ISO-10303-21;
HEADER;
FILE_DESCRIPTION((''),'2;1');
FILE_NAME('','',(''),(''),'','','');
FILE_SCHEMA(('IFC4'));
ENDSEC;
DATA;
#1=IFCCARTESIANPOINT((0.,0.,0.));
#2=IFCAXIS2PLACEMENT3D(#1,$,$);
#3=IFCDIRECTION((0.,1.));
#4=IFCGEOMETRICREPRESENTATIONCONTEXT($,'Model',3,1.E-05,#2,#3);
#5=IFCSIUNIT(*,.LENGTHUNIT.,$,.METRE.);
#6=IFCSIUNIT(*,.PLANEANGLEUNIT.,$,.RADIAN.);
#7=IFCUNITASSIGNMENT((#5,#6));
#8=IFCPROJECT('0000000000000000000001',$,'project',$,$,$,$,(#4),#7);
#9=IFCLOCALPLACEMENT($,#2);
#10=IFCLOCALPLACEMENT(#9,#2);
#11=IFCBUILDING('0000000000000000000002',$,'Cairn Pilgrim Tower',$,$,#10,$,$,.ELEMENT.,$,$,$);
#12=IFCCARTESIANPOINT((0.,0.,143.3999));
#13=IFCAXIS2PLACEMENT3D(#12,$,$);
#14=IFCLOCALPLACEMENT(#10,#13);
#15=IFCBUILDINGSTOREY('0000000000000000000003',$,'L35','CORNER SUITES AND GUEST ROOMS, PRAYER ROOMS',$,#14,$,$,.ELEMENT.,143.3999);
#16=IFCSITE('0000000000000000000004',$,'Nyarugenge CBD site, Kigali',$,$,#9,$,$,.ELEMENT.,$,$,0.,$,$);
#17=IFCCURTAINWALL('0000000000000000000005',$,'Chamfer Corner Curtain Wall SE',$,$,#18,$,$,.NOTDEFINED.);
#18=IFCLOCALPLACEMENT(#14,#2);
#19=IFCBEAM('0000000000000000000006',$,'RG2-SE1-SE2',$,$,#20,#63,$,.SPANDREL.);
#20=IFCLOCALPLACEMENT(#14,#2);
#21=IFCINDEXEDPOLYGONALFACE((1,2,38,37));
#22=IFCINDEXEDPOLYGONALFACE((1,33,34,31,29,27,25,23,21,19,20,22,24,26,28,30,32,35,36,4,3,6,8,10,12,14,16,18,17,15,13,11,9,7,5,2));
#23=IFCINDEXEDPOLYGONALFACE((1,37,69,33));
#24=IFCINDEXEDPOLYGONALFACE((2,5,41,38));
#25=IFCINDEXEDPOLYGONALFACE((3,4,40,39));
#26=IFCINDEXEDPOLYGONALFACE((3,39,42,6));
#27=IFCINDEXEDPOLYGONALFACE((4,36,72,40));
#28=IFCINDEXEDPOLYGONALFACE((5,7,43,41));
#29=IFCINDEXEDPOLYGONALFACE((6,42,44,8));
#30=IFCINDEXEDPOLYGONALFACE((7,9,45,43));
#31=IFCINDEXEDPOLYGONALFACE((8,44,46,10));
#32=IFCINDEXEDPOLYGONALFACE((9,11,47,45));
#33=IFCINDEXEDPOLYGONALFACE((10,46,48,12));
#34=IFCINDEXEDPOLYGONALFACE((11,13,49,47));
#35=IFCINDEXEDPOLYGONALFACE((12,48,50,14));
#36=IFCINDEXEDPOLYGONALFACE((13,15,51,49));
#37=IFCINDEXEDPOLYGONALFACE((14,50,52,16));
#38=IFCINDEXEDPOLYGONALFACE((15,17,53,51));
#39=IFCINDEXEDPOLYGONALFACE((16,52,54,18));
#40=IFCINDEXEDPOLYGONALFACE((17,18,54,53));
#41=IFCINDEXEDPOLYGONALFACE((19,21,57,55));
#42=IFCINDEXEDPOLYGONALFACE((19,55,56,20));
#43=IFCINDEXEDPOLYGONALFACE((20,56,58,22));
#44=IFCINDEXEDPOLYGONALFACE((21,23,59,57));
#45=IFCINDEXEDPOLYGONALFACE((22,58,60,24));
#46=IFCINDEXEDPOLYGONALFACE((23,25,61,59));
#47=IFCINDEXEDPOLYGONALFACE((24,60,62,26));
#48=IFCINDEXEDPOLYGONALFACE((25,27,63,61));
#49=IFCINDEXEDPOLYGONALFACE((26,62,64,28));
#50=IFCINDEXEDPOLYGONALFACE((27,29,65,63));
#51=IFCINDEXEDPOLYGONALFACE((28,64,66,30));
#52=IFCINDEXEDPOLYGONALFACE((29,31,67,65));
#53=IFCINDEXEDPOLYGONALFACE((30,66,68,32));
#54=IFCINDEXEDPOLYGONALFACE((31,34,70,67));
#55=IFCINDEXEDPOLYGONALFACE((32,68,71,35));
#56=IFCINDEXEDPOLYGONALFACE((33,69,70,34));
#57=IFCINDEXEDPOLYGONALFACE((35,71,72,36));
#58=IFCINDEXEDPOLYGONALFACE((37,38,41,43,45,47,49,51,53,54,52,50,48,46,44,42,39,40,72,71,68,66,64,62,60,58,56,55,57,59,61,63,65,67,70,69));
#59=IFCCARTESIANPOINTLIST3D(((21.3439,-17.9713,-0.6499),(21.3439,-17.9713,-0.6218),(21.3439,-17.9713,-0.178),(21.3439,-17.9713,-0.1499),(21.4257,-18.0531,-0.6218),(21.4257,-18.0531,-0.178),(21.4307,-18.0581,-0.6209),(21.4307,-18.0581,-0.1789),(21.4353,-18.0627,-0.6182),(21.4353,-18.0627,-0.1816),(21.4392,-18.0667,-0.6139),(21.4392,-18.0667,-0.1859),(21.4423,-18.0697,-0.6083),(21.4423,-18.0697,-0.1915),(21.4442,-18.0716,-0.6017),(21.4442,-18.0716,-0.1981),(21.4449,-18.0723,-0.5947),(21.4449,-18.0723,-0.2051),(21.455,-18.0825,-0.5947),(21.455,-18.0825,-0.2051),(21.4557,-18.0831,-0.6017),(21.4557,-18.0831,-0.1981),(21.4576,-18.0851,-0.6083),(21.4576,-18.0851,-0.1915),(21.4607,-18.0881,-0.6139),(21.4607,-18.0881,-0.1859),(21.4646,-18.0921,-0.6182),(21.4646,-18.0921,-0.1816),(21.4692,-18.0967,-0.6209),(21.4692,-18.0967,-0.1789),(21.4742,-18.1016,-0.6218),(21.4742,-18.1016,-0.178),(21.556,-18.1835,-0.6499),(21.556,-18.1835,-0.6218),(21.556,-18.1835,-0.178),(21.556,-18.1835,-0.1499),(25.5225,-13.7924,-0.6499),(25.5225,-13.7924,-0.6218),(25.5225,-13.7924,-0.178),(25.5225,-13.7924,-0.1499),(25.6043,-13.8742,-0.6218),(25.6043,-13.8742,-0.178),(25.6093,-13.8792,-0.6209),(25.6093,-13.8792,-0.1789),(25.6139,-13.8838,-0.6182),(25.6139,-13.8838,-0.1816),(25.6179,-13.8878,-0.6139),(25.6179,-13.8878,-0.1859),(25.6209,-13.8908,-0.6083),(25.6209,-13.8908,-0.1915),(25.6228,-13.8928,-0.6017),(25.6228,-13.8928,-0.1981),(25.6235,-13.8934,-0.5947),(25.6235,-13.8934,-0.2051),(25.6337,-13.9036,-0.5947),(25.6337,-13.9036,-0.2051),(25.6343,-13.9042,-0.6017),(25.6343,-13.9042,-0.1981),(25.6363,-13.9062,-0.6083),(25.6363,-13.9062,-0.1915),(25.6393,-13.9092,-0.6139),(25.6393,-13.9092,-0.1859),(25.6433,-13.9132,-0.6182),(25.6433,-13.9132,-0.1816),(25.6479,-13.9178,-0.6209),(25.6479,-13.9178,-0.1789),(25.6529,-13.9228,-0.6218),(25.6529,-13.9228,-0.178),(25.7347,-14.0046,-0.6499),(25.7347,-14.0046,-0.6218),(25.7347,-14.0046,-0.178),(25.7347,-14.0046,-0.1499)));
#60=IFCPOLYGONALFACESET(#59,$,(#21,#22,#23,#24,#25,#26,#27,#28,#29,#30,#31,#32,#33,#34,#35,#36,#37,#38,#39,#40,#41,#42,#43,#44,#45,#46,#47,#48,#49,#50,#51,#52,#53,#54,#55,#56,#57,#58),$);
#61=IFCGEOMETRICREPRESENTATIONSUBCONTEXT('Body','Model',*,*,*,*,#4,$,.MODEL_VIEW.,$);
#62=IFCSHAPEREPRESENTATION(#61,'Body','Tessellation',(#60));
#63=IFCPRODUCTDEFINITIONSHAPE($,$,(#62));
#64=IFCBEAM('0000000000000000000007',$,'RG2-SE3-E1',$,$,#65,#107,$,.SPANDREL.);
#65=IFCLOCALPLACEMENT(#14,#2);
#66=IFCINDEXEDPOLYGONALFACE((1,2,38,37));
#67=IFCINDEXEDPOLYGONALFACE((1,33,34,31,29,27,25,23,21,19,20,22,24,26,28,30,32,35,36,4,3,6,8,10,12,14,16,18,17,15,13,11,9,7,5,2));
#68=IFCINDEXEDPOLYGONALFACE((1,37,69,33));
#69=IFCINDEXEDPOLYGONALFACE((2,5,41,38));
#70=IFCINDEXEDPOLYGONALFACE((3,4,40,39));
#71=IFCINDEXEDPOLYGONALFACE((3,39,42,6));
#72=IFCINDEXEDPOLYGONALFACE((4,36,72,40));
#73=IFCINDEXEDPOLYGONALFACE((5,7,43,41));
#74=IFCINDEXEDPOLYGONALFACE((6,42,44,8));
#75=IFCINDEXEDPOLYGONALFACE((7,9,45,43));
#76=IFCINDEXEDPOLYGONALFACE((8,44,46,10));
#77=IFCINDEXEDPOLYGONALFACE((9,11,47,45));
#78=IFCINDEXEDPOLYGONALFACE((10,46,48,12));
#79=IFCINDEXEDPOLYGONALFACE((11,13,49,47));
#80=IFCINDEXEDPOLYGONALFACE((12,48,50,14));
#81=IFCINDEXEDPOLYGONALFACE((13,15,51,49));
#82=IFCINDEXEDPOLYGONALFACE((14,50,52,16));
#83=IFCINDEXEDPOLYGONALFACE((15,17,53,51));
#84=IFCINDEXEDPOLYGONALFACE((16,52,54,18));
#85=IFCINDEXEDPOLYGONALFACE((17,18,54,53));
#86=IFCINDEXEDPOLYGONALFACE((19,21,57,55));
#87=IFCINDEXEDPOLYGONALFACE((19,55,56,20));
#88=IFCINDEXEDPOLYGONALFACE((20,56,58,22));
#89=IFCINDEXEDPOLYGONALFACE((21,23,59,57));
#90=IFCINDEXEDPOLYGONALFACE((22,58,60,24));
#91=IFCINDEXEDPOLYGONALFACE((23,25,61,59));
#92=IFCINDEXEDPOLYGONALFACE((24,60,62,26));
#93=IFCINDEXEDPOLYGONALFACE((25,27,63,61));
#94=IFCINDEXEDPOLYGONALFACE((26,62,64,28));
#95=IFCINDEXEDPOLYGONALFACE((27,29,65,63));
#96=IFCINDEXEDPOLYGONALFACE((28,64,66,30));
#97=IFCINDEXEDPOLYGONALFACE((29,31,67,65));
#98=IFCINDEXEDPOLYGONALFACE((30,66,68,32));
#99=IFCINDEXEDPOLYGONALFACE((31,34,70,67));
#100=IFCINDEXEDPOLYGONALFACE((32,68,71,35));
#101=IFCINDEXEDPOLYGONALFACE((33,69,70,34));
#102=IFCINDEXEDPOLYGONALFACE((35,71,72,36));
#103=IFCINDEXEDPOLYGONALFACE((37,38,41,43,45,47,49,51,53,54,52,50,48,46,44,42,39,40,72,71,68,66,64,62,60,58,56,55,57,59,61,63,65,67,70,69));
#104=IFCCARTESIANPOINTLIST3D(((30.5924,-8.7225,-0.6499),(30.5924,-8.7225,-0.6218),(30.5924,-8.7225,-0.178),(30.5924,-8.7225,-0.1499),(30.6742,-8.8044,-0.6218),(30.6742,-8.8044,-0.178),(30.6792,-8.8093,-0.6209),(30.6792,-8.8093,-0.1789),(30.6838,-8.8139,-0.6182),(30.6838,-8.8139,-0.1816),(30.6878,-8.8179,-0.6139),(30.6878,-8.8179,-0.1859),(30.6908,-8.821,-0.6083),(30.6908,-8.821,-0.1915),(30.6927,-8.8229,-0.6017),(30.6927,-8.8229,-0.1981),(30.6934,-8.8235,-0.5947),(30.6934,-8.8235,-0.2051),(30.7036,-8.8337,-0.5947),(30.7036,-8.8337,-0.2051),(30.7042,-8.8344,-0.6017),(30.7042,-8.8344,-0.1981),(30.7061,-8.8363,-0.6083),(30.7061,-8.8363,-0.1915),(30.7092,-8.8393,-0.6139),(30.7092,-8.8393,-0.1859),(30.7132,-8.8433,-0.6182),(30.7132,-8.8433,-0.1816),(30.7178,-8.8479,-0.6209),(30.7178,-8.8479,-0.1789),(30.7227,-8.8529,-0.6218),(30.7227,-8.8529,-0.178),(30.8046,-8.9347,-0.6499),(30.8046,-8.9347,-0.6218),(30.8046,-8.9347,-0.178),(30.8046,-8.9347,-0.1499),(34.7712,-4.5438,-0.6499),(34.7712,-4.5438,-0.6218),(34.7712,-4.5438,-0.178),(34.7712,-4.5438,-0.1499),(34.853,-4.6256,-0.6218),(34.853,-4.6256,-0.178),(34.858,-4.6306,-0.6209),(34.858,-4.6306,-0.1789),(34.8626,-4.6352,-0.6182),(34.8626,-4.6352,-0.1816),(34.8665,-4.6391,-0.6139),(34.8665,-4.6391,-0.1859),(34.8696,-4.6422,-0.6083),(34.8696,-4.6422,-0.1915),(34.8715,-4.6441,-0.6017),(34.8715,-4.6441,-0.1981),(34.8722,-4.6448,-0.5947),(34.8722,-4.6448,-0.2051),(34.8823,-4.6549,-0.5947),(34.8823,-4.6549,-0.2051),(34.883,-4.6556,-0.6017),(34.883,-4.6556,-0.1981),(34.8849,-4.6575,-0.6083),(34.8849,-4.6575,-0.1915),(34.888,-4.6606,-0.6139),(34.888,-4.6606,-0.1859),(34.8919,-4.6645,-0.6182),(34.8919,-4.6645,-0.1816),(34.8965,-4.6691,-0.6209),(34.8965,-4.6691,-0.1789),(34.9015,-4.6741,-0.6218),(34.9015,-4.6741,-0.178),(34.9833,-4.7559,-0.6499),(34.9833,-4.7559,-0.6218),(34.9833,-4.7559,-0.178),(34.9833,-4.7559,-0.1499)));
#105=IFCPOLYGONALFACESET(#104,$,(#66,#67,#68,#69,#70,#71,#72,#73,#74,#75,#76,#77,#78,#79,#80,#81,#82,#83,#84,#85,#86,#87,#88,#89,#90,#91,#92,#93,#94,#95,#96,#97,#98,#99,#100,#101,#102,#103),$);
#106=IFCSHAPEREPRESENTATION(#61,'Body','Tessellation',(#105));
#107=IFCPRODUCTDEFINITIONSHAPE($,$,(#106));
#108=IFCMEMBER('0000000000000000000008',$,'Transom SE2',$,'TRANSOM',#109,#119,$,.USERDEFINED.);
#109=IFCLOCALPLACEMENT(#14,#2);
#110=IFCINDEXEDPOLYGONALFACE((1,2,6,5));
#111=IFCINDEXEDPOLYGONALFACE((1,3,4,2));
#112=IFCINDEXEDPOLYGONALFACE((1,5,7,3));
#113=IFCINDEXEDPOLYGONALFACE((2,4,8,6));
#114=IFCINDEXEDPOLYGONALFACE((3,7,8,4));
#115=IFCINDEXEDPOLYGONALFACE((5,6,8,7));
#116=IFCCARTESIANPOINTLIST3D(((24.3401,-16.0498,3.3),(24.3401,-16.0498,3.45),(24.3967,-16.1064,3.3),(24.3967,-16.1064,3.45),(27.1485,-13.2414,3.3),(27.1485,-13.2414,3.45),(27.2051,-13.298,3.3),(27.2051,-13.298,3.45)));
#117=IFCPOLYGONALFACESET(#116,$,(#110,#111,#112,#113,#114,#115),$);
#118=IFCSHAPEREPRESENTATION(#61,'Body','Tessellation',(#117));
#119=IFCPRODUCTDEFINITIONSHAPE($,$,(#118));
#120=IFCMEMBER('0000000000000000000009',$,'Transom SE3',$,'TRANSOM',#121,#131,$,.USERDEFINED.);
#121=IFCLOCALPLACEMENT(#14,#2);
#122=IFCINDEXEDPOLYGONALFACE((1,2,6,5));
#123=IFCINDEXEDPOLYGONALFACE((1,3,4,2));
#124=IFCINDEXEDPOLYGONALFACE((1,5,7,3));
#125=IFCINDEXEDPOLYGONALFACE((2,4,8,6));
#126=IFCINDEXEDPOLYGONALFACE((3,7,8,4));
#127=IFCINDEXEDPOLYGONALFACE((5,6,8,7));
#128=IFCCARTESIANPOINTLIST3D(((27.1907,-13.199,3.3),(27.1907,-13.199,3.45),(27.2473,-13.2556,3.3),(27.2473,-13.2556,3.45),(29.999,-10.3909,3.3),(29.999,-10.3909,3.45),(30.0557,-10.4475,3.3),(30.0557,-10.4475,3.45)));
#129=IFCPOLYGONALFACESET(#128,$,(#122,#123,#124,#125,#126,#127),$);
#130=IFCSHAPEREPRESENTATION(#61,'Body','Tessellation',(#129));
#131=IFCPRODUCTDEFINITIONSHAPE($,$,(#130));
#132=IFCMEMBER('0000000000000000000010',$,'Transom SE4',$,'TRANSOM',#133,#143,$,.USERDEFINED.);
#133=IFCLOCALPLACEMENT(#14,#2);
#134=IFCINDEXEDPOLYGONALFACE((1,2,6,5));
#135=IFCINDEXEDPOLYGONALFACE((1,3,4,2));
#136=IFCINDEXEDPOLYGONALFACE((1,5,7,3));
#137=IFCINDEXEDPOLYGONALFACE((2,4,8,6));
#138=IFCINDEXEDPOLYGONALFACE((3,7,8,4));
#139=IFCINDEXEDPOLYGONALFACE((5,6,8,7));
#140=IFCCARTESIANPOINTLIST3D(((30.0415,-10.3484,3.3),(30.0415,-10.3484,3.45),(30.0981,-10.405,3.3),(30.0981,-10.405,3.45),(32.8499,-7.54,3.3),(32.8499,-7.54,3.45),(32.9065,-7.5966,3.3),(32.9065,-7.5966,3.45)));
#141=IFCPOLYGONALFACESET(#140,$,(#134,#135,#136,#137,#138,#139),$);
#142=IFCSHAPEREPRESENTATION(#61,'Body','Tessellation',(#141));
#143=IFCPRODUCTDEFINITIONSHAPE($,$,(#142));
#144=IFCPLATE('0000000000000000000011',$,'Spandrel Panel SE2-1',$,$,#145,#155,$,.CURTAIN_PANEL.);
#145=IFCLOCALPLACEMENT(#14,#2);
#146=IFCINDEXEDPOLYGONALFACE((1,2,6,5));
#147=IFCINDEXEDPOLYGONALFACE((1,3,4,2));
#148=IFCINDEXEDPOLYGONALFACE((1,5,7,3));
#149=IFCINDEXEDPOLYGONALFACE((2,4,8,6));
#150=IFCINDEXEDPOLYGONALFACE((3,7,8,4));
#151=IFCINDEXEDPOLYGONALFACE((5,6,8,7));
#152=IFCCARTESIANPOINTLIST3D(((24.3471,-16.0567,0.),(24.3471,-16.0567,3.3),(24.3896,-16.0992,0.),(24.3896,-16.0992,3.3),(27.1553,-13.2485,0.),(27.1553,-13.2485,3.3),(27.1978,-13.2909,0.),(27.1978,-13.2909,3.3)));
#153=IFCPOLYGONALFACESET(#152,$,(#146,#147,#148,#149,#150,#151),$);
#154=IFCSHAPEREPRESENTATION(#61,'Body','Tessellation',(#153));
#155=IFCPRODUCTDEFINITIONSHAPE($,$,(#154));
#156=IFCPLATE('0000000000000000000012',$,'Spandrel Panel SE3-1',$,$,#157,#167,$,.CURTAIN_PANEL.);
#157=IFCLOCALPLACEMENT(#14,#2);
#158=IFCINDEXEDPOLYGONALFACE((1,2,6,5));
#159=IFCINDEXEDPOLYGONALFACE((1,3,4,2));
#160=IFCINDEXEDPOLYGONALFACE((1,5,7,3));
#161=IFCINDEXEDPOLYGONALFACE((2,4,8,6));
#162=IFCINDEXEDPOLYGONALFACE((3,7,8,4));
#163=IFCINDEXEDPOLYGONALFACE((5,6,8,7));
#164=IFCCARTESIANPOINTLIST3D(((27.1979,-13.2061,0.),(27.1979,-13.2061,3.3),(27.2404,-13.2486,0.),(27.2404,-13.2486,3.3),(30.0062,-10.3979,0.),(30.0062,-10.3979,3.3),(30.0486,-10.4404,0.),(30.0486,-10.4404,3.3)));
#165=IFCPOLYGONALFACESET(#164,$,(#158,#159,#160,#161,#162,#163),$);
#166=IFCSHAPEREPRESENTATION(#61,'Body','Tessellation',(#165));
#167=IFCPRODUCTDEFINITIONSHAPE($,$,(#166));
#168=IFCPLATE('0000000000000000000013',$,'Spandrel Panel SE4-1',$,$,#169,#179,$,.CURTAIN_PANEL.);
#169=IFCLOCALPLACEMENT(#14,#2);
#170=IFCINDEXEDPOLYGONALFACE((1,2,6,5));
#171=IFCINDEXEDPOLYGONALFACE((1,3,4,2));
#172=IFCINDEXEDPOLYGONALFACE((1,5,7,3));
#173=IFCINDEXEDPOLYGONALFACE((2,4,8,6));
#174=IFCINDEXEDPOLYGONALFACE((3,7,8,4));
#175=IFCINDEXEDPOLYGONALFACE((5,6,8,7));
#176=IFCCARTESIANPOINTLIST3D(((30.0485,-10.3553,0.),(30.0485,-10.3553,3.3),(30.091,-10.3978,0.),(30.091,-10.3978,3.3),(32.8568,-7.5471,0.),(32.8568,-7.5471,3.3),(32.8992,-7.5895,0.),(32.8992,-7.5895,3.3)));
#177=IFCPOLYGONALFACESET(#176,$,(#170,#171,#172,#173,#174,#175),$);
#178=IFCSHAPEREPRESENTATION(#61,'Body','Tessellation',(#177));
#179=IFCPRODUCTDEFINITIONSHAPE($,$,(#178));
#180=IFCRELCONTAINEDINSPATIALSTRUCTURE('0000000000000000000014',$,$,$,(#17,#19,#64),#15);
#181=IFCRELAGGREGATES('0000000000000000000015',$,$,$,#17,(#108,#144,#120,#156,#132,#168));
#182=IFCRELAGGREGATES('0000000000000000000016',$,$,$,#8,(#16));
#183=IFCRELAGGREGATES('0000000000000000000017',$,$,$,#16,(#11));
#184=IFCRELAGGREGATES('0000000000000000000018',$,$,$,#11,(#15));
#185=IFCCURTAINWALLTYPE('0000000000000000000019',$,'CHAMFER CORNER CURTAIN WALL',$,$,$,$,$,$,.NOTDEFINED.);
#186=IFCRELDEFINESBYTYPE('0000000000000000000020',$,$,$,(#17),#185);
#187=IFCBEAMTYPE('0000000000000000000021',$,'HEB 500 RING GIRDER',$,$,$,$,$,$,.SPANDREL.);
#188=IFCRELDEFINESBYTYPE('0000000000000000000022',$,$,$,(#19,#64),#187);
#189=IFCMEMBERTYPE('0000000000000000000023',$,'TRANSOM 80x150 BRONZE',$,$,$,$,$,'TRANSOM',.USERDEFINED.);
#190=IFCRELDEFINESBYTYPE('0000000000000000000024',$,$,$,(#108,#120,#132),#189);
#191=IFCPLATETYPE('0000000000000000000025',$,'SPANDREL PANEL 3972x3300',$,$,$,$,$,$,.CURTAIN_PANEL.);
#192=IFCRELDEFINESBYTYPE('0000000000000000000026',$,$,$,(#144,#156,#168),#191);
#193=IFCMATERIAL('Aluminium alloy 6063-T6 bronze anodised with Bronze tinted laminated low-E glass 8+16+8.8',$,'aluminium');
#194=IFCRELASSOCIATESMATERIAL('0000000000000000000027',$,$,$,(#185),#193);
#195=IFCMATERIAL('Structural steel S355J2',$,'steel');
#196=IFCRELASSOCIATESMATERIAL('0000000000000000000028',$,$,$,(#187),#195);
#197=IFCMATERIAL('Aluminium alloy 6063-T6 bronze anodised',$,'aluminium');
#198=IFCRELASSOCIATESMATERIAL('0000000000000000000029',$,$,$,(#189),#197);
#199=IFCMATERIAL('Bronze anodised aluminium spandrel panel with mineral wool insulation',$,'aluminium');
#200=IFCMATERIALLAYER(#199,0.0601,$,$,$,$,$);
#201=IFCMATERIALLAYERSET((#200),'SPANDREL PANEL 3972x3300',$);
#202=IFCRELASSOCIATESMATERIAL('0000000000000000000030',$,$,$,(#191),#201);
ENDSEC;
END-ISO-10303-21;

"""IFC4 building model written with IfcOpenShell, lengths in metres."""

from ifc_helpers import new_model, si_unit, direction, frame, origin, origin_2d, place, context, subcontext, project, spatial, rectangle, i_section, extrude, material, layer, layer_set, material_profile, profile_set, type_object, element, aggregate, save


model = new_model("IFC4")

# Units and contexts
model_context = context("Model", 3, precision=1e-05, world=origin(), true_north=direction((0.0, 1.0)))
body_context = subcontext(model_context, "Body", "Model", "MODEL_VIEW")
ifc_project = project(units=[si_unit("LENGTHUNIT", "METRE"), si_unit("PLANEANGLEUNIT", "RADIAN")], contexts=[model_context])

# Site, building, storey
site_placement = place(None, origin())
site = spatial("IfcSite", under=ifc_project, at=site_placement, Name="Nyarugenge CBD site, Kigali", CompositionType="ELEMENT", RefElevation=0.0)
building_placement = place(site_placement, origin())
building = spatial("IfcBuilding", under=site, at=building_placement, Name="Cairn Pilgrim Tower", CompositionType="ELEMENT")
storey_placement = place(building_placement, frame((0.0, 0.0, 143.3999)))
storey = spatial("IfcBuildingStorey", under=building, at=storey_placement, Name="L35", Description="CORNER SUITES AND GUEST ROOMS, PRAYER ROOMS", CompositionType="ELEMENT", Elevation=143.3999)

# Shared definitions
ifc_material_1 = material(Name="Structural steel S355J2", Category="steel")

# Curtain wall
ifc_material_2 = material(Name="Aluminium alloy 6063-T6 bronze anodised with Bronze tinted laminated low-E glass 8+16+8.8", Category="aluminium")
curtain_wall_type = type_object("IfcCurtainWallType", Name="CHAMFER CORNER CURTAIN WALL", PredefinedType="NOTDEFINED", material=ifc_material_2)
curtain_wall_placement = place(storey_placement, origin())
curtain_wall = element("IfcCurtainWall", 1, at=curtain_wall_placement, inside=storey, type_object=curtain_wall_type, Name="Chamfer Corner Curtain Wall SE", PredefinedType="NOTDEFINED")
ifc_material_3 = material(Name="Aluminium alloy 6063-T6 bronze anodised", Category="aluminium")

# Beams
ifc_material_profile_1 = material_profile(ifc_material_1, i_section(OverallWidth=0.3, OverallDepth=0.5, WebThickness=0.0144, FlangeThickness=0.0281, FilletRadius=0.0271, at=origin_2d()), Name="HEB 500")
ifc_profile_set_1 = profile_set([ifc_material_profile_1], Name="Structural steel S355J2")
beam_type_1 = type_object("IfcBeamType", Name="HEB 500 RING GIRDER", PredefinedType="SPANDREL", material=ifc_profile_set_1)
for number, where, z_axis, x_axis, name in (
    (2, (21.45, -18.0774, -0.3999), (0.707086, 0.707127, 0.0), (-0.707127, 0.707086, 0.0), "RG2-SE1-SE2"),
    (3, (30.6985, -8.8286, -0.3999), (0.707107, 0.707107, 0.0), (-0.707107, 0.707107, 0.0), "RG2-SE3-E1"),
):
    element("IfcBeam", number, at=place(storey_placement, frame(where, z_axis=z_axis, x_axis=x_axis)), inside=storey, type_object=beam_type_1, Name=name, PredefinedType="SPANDREL", context=body_context, shape_type="SweptSolid", body=[
        extrude(i_section(OverallWidth=0.3, OverallDepth=0.5, WebThickness=0.0144, FlangeThickness=0.0281, FilletRadius=0.0271, at=origin_2d()), origin(), (0.0, 0.0, 1.0), 5.9097),
    ])

# Members
ifc_material_profile_2 = material_profile(ifc_material_3, rectangle(XDim=0.0801, YDim=0.1499, at=origin_2d()), Name="TRANSOM 80x150 BRONZE")
ifc_profile_set_2 = profile_set([ifc_material_profile_2], Name="Aluminium alloy 6063-T6 bronze anodised")
member_type_1 = type_object("IfcMemberType", Name="TRANSOM 80x150 BRONZE", ElementType="TRANSOM", PredefinedType="USERDEFINED", material=ifc_profile_set_2)
member_1_placement = place(storey_placement, frame((24.3684, -16.0781, 3.375), z_axis=(0.707107, 0.707107, 0.0), x_axis=(-0.707107, 0.707107, 0.0)))
member_1 = element("IfcMember", 4, at=member_1_placement, type_object=member_type_1, Name="Transom SE2", ObjectType="TRANSOM", PredefinedType="USERDEFINED", context=body_context, shape_type="SweptSolid", body=[
    extrude(rectangle(XDim=0.0801, YDim=0.1499, at=origin_2d()), origin(), (0.0, 0.0, 1.0), 3.9717),
])
member_2_placement = place(storey_placement, frame((27.219, -13.2273, 3.375), z_axis=(0.707138, 0.707076, 0.0), x_axis=(-0.707076, 0.707138, 0.0)))
member_2 = element("IfcMember", 5, at=member_2_placement, type_object=member_type_1, Name="Transom SE3", ObjectType="TRANSOM", PredefinedType="USERDEFINED", context=body_context, shape_type="SweptSolid", body=[
    extrude(rectangle(XDim=0.0801, YDim=0.1499, at=origin_2d()), origin(), (0.0, 0.0, 1.0), 3.9714),
])
member_3_placement = place(storey_placement, frame((30.0698, -10.3767, 3.375), z_axis=(0.707107, 0.707107, 0.0), x_axis=(-0.707107, 0.707107, 0.0)))
member_3 = element("IfcMember", 6, at=member_3_placement, type_object=member_type_1, Name="Transom SE4", ObjectType="TRANSOM", PredefinedType="USERDEFINED", context=body_context, shape_type="SweptSolid", body=[
    extrude(rectangle(XDim=0.0801, YDim=0.1499, at=origin_2d()), origin(), (0.0, 0.0, 1.0), 3.9717),
])

# Plates
ifc_material_4 = material(Name="Bronze anodised aluminium spandrel panel with mineral wool insulation", Category="aluminium")
ifc_layer_1 = layer(ifc_material_4, 0.0601)
ifc_layer_set_1 = layer_set([ifc_layer_1], Name="SPANDREL PANEL 3972x3300")
plate_type = type_object("IfcPlateType", Name="SPANDREL PANEL 3972x3300", PredefinedType="CURTAIN_PANEL", material=ifc_layer_set_1)
plate_1_placement = place(storey_placement, frame((25.7725, -14.6738, 0.0), z_axis=(0.0, 0.0, 1.0), x_axis=(0.707107, 0.707107, 0.0)))
plate_1 = element("IfcPlate", 7, at=plate_1_placement, type_object=plate_type, Name="Spandrel Panel SE2-1", PredefinedType="CURTAIN_PANEL", context=body_context, shape_type="SweptSolid", body=[
    extrude(rectangle(XDim=3.9714, YDim=0.0601, at=origin_2d()), origin(), (0.0, 0.0, 1.0), 3.3),
])
plate_2_placement = place(storey_placement, frame((28.6233, -11.8232, 0.0), z_axis=(0.0, 0.0, 1.0), x_axis=(0.707107, 0.707107, 0.0)))
plate_2 = element("IfcPlate", 8, at=plate_2_placement, type_object=plate_type, Name="Spandrel Panel SE3-1", PredefinedType="CURTAIN_PANEL", context=body_context, shape_type="SweptSolid", body=[
    extrude(rectangle(XDim=3.9714, YDim=0.0601, at=origin_2d()), origin(), (0.0, 0.0, 1.0), 3.3),
])
plate_3_placement = place(storey_placement, frame((31.4739, -8.9724, 0.0), z_axis=(0.0, 0.0, 1.0), x_axis=(0.707107, 0.707107, 0.0)))
plate_3 = element("IfcPlate", 9, at=plate_3_placement, type_object=plate_type, Name="Spandrel Panel SE4-1", PredefinedType="CURTAIN_PANEL", context=body_context, shape_type="SweptSolid", body=[
    extrude(rectangle(XDim=3.9714, YDim=0.0601, at=origin_2d()), origin(), (0.0, 0.0, 1.0), 3.3),
])
aggregate(curtain_wall, [member_1, plate_1, member_2, plate_2, member_3, plate_3])

save(model, "model.ifc")
